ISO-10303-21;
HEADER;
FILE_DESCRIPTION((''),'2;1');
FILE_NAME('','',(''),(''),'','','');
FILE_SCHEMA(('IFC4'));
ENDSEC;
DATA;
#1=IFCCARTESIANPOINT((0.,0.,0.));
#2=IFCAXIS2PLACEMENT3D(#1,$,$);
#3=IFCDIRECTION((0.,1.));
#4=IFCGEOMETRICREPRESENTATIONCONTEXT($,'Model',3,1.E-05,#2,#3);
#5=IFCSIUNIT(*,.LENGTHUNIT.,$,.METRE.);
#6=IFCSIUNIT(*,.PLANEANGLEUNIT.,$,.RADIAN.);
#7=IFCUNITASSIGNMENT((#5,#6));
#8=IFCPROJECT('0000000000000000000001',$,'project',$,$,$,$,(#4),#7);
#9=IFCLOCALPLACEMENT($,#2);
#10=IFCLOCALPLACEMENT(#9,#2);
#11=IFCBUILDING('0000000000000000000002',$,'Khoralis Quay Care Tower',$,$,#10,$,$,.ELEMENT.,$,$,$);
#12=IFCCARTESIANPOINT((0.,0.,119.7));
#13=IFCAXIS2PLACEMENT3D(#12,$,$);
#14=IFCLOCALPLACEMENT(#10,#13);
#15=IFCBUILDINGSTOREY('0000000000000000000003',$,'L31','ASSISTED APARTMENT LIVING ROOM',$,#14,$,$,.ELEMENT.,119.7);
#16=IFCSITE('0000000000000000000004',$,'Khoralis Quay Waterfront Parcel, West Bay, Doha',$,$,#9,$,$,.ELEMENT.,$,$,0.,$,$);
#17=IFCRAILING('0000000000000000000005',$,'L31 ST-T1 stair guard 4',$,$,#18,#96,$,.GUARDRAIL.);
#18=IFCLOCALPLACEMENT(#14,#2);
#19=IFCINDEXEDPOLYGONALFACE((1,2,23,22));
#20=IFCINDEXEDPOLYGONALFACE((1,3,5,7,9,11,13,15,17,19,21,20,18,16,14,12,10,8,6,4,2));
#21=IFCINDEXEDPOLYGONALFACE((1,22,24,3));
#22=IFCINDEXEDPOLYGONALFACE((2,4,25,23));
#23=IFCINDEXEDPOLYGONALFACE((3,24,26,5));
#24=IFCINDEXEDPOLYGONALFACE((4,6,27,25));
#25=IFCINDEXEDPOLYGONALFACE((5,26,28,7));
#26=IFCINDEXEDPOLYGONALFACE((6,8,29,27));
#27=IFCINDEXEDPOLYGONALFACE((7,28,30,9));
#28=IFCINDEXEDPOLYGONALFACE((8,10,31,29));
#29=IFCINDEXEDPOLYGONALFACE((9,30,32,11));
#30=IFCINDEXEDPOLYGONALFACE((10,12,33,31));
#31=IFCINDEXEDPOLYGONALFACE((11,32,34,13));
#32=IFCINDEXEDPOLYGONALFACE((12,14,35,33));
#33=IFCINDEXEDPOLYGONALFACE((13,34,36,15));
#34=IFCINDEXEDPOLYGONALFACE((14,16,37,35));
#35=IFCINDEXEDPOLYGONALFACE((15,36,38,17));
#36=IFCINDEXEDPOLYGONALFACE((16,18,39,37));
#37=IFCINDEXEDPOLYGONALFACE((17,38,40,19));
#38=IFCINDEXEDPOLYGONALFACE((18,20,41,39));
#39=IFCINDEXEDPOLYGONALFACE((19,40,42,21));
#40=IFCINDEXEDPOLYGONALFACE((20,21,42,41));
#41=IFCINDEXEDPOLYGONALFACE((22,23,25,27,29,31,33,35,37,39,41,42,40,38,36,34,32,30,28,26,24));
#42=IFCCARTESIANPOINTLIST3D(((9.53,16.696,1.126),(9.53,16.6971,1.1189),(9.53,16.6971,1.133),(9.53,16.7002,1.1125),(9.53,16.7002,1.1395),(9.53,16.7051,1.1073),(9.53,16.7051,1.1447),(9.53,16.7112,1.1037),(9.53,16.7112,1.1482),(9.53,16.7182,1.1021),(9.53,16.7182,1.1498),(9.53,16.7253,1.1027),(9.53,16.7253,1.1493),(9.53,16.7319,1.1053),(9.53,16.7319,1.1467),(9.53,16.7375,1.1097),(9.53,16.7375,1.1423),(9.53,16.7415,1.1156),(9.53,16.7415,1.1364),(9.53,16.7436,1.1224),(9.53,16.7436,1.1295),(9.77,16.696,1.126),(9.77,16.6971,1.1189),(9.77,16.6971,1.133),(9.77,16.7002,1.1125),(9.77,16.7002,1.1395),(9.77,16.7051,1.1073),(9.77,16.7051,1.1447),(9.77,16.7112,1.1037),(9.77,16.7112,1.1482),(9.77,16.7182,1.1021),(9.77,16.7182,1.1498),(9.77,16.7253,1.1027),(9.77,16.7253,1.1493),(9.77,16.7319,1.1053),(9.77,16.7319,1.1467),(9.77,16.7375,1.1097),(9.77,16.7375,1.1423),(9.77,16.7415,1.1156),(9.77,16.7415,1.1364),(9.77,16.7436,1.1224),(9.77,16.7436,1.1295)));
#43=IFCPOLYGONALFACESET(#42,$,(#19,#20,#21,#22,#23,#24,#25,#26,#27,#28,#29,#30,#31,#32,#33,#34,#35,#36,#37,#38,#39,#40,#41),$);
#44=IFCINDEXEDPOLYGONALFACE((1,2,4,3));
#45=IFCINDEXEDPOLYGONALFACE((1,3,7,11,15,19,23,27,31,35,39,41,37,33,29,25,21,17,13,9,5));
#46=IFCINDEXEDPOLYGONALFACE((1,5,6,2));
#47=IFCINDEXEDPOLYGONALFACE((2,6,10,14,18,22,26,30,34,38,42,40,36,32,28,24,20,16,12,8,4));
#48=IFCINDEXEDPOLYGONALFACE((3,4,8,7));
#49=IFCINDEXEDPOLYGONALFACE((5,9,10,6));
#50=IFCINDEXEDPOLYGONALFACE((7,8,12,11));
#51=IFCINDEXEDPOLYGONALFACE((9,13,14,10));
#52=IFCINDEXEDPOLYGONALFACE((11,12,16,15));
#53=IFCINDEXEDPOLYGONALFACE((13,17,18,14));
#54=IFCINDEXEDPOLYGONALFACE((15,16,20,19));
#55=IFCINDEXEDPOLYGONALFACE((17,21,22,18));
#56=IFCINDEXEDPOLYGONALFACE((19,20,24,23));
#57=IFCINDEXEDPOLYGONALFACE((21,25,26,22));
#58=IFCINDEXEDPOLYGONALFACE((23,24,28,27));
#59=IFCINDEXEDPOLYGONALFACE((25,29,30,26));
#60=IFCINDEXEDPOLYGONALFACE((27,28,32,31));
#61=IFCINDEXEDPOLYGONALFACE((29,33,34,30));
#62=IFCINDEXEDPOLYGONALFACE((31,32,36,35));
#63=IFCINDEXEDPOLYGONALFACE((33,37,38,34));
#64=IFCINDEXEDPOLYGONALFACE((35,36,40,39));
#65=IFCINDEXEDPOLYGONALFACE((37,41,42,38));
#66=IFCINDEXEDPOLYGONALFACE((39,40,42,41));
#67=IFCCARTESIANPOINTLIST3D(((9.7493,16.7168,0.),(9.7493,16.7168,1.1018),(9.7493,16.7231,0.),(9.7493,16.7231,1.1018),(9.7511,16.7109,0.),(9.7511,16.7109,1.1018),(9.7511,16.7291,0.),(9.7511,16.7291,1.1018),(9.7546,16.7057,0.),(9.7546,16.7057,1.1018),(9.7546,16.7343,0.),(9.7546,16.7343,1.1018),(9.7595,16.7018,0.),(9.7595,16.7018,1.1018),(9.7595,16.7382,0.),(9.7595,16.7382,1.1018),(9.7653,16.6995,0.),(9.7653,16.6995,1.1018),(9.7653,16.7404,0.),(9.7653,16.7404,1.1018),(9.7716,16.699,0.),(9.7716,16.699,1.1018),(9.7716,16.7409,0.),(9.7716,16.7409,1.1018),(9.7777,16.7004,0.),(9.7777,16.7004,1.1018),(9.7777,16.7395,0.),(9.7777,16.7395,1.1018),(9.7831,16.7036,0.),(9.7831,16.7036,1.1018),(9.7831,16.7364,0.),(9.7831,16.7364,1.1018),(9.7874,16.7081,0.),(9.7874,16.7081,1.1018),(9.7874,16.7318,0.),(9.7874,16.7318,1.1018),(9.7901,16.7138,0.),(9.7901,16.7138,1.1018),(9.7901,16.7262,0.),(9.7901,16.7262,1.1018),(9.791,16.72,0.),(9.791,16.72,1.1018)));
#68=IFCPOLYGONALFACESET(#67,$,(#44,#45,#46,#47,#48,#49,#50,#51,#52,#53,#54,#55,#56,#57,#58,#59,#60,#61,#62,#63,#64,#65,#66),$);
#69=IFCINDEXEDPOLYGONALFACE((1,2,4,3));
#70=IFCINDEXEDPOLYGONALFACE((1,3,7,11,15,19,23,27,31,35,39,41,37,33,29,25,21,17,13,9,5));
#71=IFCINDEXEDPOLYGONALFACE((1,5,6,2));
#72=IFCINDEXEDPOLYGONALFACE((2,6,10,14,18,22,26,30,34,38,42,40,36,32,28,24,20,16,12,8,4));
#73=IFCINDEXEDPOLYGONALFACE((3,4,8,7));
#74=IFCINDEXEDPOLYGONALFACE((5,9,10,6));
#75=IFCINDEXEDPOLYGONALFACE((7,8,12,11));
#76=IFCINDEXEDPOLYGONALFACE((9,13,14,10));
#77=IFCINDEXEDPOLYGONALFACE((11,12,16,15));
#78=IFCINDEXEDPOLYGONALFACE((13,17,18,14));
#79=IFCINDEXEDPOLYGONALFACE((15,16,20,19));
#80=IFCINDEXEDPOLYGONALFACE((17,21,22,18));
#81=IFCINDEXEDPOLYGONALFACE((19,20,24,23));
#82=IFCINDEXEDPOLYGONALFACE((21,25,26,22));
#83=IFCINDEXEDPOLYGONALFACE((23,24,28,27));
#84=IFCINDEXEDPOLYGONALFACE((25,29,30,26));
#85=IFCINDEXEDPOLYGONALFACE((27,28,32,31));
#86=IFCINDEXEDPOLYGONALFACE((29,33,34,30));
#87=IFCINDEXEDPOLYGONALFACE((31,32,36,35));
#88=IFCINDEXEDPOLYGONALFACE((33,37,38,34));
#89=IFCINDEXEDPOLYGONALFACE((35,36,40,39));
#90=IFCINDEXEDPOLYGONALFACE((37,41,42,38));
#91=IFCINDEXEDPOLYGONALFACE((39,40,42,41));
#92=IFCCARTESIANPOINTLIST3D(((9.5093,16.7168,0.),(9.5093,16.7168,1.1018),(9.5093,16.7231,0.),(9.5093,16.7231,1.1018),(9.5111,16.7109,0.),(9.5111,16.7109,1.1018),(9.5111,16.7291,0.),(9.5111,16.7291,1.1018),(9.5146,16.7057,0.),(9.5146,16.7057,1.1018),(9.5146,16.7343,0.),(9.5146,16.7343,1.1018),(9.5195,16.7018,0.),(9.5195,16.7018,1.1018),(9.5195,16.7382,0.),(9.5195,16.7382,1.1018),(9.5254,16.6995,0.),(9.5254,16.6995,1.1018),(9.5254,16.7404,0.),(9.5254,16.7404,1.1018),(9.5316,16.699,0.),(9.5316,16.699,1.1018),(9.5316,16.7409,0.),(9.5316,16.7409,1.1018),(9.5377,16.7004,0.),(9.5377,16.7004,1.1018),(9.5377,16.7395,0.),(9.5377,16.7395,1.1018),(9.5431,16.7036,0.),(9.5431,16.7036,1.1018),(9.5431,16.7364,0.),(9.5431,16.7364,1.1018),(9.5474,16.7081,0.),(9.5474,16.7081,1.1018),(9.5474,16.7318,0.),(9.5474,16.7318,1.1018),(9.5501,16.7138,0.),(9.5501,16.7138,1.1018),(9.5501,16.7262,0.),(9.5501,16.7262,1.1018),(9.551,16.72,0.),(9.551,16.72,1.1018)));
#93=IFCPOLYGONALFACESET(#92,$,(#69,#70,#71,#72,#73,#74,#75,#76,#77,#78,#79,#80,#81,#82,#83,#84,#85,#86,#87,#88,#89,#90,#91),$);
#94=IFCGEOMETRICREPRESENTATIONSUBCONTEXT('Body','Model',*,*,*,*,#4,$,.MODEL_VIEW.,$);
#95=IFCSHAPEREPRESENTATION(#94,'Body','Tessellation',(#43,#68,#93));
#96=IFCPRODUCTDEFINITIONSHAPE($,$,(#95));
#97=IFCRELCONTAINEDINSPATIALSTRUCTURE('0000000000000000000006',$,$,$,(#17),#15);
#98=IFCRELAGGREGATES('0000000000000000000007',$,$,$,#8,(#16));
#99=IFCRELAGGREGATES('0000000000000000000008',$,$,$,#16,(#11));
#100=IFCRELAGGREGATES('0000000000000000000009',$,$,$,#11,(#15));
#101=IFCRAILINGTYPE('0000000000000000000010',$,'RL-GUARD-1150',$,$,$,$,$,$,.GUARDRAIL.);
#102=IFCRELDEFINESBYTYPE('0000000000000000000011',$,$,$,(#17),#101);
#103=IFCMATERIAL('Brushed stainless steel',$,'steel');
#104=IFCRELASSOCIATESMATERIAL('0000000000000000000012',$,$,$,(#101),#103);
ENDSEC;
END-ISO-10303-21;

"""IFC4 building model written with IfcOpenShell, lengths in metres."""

from ifc_helpers import new_model, si_unit, direction, frame, origin, origin_2d, place, context, subcontext, project, spatial, circle, extrude, material, type_object, element, save


model = new_model("IFC4")

# Units and contexts
model_context = context("Model", 3, precision=1e-05, world=origin(), true_north=direction((0.0, 1.0)))
body_context = subcontext(model_context, "Body", "Model", "MODEL_VIEW")
ifc_project = project(units=[si_unit("LENGTHUNIT", "METRE"), si_unit("PLANEANGLEUNIT", "RADIAN")], contexts=[model_context])

# Site, building, storey
site_placement = place(None, origin())
site = spatial("IfcSite", under=ifc_project, at=site_placement, Name="Khoralis Quay Waterfront Parcel, West Bay, Doha", CompositionType="ELEMENT", RefElevation=0.0)
building_placement = place(site_placement, origin())
building = spatial("IfcBuilding", under=site, at=building_placement, Name="Khoralis Quay Care Tower", CompositionType="ELEMENT")
storey_placement = place(building_placement, frame((0.0, 0.0, 119.7)))
storey = spatial("IfcBuildingStorey", under=building, at=storey_placement, Name="L31", Description="ASSISTED APARTMENT LIVING ROOM", CompositionType="ELEMENT", Elevation=119.7)

# Shared definitions
ifc_material_1 = material(Name="Brushed stainless steel", Category="steel")

# Railing
railing_type_1 = type_object("IfcRailingType", Name="RL-GUARD-1150", PredefinedType="GUARDRAIL", material=ifc_material_1)
railing_1_placement = place(storey_placement, frame((9.77, 16.72, 0.0)))
element("IfcRailing", 1, at=railing_1_placement, inside=storey, type_object=railing_type_1, Name="L31 ST-T1 stair guard 4", PredefinedType="GUARDRAIL", context=body_context, shape_type="SweptSolid", body=[
    extrude(circle(Radius=0.0239, at=origin_2d()), frame((0.0, 0.0, 1.126), z_axis=(-1.0, 0.0, 0.0), x_axis=(0.0, -1.0, 0.0)), (0.0, 0.0, 1.0), 0.24),
    extrude(circle(Radius=0.021, at=origin_2d()), origin(), (0.0, 0.0, 1.0), 1.1018),
    extrude(circle(Radius=0.021, at=origin_2d()), frame((-0.24, 0.0, 0.0)), (0.0, 0.0, 1.0), 1.1018),
])

save(model, "model.ifc")
